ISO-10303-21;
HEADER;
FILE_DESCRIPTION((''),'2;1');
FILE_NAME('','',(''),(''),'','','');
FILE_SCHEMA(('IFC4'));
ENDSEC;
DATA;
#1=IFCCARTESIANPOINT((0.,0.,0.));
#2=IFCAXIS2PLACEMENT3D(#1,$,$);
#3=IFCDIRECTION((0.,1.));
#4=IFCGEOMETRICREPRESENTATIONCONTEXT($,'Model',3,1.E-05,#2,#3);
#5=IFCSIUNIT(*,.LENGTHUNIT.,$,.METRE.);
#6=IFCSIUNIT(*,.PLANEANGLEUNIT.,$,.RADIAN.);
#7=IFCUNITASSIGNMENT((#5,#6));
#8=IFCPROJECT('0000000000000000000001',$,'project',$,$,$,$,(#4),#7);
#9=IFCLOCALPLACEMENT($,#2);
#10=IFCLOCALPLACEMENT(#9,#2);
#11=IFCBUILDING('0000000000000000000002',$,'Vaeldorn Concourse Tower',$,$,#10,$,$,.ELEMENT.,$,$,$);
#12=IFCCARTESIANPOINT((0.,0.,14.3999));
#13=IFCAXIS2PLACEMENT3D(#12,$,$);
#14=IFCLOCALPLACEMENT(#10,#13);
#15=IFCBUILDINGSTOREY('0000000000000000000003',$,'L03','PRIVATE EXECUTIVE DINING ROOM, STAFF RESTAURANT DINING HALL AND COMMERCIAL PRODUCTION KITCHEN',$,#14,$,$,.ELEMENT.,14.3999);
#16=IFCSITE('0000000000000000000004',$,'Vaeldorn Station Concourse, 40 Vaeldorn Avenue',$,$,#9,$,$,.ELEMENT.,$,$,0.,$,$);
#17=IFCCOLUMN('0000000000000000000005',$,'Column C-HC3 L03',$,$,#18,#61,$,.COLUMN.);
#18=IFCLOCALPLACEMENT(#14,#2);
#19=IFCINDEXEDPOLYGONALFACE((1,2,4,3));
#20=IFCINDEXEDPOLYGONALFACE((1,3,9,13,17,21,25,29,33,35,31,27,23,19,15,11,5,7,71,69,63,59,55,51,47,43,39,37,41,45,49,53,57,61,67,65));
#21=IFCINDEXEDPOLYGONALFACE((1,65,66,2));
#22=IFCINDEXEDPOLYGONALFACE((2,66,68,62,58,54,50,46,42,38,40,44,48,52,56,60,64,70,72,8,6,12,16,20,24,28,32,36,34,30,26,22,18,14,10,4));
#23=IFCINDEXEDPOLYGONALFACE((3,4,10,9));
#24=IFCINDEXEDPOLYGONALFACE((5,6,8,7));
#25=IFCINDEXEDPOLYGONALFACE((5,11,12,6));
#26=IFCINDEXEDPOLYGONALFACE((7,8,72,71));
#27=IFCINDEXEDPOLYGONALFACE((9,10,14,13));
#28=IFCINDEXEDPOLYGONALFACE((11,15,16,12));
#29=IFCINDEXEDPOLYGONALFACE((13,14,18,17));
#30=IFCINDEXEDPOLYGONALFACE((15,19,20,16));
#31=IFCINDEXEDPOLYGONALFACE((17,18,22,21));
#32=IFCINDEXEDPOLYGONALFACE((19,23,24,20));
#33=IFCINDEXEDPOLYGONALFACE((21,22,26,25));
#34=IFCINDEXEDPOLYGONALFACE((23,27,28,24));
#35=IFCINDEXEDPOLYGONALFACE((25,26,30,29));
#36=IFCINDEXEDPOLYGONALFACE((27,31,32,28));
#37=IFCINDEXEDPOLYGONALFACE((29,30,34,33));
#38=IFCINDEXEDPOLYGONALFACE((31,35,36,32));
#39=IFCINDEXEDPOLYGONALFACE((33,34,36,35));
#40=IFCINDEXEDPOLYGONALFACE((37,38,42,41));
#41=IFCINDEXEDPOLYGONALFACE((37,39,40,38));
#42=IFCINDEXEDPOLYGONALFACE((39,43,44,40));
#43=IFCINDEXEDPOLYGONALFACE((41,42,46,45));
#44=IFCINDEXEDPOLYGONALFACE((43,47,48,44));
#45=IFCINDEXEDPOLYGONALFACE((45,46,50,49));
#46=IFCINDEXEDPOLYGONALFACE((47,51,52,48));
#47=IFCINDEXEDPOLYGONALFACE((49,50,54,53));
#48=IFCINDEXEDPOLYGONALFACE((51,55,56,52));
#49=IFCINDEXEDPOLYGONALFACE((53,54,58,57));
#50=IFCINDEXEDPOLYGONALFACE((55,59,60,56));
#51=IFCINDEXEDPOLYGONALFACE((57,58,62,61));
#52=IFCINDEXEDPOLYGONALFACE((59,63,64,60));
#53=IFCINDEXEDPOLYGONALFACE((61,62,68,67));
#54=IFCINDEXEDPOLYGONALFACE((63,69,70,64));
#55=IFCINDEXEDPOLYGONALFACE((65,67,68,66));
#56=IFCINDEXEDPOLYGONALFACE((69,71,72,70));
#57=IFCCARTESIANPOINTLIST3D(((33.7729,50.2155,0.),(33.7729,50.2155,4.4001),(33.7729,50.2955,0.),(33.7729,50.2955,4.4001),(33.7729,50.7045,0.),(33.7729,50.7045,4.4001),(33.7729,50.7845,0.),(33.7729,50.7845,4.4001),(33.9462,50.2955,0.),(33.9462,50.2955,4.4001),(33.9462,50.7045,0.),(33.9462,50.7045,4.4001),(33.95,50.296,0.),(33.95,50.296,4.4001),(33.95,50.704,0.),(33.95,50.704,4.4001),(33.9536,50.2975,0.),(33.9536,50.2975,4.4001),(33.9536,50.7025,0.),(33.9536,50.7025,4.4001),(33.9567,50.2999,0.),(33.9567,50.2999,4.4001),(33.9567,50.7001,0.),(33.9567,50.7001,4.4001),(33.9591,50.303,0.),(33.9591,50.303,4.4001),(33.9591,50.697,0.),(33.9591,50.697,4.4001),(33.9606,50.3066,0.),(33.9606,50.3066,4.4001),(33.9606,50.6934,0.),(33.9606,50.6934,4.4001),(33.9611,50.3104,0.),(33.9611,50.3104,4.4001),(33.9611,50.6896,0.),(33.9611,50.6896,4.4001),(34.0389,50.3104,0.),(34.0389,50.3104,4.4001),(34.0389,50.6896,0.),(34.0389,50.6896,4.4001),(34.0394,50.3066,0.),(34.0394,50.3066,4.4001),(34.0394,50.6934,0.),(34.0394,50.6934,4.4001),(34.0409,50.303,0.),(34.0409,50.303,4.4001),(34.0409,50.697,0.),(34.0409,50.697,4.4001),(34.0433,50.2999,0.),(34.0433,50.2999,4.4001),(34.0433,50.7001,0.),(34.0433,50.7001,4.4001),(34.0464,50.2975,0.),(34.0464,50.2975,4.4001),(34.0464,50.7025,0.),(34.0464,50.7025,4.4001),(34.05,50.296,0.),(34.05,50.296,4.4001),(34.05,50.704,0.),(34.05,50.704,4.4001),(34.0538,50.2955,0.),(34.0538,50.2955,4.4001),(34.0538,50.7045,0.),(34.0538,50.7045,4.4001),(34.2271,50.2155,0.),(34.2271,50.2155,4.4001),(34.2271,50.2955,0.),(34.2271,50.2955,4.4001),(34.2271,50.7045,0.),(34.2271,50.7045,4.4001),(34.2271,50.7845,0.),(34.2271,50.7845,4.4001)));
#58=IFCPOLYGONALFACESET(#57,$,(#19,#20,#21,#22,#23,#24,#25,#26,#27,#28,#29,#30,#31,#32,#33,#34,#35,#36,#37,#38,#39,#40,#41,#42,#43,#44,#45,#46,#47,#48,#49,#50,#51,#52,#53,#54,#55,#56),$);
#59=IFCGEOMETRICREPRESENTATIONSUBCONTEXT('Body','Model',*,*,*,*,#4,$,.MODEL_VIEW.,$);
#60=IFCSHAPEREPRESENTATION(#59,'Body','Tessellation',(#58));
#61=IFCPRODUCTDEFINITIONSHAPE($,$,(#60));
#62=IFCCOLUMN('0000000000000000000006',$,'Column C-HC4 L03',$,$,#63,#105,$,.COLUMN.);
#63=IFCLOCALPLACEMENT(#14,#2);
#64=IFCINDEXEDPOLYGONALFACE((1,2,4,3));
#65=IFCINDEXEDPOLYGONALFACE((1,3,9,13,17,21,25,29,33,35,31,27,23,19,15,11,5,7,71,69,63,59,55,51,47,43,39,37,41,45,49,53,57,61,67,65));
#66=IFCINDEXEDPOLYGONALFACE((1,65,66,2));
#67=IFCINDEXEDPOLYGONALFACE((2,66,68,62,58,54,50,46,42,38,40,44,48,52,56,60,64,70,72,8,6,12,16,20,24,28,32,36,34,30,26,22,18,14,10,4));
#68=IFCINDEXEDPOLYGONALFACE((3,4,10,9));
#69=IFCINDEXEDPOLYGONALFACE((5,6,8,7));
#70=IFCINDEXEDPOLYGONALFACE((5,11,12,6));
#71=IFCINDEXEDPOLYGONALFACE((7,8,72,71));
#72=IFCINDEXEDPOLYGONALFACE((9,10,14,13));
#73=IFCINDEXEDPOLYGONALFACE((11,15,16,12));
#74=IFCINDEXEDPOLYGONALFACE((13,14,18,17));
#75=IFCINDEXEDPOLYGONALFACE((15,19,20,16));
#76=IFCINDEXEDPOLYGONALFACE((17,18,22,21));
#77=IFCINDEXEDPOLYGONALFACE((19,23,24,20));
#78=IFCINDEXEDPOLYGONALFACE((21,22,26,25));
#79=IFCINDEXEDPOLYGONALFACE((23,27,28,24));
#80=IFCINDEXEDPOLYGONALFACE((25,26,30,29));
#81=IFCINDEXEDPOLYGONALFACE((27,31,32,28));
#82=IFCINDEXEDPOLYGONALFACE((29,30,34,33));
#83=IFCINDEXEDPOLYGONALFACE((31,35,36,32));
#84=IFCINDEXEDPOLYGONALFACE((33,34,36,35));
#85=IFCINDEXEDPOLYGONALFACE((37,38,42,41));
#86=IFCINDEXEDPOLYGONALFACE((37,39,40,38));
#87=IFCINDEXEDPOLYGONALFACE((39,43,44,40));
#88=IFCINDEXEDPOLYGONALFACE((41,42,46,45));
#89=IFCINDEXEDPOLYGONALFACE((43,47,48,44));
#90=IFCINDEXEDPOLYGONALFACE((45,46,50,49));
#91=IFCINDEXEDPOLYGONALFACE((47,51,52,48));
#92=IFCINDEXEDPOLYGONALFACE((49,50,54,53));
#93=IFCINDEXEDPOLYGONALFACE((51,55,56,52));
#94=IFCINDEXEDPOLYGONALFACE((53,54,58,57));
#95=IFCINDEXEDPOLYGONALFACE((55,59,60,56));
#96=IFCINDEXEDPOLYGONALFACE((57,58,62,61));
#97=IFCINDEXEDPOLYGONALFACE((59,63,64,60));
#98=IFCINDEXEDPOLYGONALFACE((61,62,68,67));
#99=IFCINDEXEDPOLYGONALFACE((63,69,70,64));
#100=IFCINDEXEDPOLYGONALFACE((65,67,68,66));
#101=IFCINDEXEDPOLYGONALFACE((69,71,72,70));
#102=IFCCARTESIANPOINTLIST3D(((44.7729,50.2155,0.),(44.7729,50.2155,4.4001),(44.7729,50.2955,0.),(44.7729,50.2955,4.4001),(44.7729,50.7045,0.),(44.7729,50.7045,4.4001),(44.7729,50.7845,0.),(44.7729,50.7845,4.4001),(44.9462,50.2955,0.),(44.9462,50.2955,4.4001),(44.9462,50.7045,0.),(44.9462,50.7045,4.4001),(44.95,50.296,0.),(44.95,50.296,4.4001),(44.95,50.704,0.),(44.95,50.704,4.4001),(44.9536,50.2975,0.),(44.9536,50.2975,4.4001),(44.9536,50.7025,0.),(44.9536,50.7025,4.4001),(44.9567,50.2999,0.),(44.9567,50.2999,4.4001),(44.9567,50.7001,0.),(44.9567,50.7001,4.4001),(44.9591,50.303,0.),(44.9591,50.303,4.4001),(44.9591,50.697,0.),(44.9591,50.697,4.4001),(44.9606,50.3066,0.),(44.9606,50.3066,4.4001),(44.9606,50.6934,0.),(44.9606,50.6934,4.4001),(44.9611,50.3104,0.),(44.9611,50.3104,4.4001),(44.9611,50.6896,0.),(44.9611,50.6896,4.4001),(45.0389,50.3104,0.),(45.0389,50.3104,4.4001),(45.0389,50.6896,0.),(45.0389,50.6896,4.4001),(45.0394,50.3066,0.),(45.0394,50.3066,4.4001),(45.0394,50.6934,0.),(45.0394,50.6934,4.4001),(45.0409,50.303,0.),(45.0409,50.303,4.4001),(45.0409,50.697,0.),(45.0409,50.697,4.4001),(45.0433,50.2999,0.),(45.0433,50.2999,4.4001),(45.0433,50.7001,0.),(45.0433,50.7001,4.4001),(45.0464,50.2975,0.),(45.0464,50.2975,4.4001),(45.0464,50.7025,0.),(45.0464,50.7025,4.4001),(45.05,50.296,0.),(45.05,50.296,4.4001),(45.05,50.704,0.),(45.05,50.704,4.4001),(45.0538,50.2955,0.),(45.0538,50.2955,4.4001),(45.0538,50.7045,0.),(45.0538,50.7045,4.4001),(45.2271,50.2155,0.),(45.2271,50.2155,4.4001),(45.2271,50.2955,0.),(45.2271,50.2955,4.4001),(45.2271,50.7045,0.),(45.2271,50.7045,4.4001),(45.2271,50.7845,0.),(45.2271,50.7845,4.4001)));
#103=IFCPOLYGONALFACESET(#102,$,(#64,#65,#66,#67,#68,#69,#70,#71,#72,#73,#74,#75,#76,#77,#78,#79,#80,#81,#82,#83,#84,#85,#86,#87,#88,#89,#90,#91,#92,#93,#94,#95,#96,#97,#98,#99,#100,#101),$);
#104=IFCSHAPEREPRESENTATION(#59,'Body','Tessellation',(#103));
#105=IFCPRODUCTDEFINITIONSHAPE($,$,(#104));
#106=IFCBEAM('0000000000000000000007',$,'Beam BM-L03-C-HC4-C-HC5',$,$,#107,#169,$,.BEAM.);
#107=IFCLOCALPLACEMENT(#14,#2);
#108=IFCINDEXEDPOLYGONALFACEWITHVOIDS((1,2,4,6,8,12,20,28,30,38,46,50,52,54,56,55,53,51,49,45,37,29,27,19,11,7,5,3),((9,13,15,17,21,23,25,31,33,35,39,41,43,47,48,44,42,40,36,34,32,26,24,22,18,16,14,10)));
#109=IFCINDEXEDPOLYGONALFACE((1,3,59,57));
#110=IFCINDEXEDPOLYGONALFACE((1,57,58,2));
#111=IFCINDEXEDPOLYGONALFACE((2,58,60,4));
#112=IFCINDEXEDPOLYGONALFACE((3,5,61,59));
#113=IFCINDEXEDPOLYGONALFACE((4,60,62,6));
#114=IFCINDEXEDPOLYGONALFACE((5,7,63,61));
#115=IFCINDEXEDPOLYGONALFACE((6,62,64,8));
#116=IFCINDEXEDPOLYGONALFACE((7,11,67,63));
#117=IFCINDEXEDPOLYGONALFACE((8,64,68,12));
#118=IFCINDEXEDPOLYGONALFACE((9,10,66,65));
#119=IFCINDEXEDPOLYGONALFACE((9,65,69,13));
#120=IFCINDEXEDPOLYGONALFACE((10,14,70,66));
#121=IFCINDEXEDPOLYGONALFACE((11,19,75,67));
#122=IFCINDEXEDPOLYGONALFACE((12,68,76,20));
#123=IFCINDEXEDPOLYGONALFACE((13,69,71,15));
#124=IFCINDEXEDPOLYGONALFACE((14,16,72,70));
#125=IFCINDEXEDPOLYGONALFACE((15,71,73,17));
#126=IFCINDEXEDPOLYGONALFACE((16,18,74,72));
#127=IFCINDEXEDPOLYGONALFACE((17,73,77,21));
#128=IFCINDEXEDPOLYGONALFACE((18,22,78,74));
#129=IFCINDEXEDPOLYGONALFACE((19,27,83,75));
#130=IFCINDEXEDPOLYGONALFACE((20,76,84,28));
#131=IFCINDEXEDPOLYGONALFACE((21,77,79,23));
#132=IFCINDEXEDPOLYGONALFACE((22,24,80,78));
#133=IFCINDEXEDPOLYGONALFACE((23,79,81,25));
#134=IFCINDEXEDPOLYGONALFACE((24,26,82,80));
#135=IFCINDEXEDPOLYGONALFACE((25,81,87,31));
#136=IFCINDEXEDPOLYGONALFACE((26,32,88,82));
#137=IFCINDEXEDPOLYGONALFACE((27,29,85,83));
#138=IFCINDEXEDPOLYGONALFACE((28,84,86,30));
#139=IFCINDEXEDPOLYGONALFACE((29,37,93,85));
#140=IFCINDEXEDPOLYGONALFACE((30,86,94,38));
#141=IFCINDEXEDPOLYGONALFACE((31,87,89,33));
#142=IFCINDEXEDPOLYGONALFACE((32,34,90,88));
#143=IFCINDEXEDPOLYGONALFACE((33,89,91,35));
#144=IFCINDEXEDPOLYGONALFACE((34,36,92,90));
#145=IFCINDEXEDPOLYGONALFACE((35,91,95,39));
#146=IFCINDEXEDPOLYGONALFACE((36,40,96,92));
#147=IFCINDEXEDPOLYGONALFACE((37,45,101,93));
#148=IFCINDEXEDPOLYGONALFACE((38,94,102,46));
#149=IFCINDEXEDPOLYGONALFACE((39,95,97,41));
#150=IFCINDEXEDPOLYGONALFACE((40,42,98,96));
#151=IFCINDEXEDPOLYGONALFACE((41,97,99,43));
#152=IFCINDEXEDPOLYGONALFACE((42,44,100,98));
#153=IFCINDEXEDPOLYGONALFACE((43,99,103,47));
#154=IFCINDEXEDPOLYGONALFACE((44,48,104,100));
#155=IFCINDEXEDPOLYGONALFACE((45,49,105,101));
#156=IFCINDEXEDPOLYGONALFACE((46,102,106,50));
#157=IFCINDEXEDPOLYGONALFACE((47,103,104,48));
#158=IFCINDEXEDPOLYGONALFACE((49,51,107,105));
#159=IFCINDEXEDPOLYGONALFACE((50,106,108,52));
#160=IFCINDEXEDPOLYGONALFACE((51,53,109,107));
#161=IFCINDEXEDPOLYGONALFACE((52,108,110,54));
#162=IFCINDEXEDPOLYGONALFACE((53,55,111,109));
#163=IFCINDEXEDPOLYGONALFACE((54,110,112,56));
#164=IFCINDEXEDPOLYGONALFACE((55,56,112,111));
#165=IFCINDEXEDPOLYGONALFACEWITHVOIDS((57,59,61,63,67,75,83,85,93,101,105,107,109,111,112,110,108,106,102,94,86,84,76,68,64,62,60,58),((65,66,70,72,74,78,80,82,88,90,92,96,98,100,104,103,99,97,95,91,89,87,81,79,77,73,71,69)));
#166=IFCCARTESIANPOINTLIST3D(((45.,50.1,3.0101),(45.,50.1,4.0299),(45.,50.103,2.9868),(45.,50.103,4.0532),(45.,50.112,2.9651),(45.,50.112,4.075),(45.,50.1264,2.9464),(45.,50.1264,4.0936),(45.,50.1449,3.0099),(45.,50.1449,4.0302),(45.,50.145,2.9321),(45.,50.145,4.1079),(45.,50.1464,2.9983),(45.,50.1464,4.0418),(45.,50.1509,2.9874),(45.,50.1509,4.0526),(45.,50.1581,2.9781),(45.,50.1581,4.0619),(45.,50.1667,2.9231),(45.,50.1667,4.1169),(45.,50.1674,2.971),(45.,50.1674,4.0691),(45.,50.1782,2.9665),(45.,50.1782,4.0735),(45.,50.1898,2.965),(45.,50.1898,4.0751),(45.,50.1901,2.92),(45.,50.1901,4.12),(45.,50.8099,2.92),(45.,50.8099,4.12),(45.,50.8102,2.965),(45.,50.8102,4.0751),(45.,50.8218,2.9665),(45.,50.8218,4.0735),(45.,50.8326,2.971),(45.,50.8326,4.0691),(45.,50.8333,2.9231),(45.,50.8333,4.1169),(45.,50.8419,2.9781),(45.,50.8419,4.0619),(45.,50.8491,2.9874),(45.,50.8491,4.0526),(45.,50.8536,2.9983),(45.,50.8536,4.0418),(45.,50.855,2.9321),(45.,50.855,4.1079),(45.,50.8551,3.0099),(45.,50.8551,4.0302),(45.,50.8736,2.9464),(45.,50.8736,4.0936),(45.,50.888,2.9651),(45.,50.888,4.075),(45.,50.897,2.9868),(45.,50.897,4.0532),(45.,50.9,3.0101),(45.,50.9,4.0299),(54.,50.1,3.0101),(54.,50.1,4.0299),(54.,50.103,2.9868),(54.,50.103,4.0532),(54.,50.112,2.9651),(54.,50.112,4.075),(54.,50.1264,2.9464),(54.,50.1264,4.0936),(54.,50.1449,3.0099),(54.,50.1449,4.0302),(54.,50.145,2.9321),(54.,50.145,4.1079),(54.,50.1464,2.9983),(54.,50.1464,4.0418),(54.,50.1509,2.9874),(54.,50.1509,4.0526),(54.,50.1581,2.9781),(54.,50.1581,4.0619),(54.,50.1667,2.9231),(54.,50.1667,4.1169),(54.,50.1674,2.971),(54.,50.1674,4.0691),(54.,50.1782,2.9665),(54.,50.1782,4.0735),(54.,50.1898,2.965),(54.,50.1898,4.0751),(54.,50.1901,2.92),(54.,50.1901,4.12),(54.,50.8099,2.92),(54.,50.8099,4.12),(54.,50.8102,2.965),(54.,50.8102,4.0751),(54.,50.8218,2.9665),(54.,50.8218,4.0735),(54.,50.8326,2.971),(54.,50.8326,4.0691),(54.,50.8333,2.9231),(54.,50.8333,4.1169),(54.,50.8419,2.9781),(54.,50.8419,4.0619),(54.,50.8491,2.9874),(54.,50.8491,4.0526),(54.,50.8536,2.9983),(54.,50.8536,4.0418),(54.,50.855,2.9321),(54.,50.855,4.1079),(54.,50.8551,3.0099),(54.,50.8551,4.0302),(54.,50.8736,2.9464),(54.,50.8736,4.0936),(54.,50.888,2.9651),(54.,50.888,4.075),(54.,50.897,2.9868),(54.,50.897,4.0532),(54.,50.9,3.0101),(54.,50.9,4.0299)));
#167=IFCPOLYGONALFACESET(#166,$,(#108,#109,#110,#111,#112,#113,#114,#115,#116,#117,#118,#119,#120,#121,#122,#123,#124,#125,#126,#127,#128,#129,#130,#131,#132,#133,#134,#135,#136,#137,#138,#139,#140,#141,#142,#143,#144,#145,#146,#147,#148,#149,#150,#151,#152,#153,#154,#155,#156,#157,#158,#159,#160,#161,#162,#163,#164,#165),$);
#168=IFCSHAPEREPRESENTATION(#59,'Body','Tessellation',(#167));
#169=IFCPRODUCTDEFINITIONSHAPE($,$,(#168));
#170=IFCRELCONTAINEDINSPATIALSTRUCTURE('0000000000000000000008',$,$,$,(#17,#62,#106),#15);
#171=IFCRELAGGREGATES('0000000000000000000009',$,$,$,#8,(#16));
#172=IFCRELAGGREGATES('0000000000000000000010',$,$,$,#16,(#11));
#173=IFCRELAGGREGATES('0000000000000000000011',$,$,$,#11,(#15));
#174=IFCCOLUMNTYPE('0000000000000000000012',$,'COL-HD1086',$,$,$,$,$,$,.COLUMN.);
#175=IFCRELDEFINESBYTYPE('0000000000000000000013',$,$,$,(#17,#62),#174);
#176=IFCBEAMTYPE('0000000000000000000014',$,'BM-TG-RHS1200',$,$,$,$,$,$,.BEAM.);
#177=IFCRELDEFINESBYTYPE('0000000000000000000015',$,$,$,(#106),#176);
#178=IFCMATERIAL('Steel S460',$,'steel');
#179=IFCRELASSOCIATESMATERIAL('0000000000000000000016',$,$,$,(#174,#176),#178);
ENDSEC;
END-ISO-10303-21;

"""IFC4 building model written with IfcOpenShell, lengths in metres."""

from ifc_helpers import new_model, si_unit, direction, frame, origin, origin_2d, place, context, subcontext, project, spatial, hollow_rectangle, i_section, extrude, source, transform, mapped, material, material_profile, profile_set, type_object, element, save


model = new_model("IFC4")

# Units and contexts
model_context = context("Model", 3, precision=1e-05, world=origin(), true_north=direction((0.0, 1.0)))
body_context = subcontext(model_context, "Body", "Model", "MODEL_VIEW")
ifc_project = project(units=[si_unit("LENGTHUNIT", "METRE"), si_unit("PLANEANGLEUNIT", "RADIAN")], contexts=[model_context])

# Site, building, storey
site_placement = place(None, origin())
site = spatial("IfcSite", under=ifc_project, at=site_placement, Name="Vaeldorn Station Concourse, 40 Vaeldorn Avenue", CompositionType="ELEMENT", RefElevation=0.0)
building_placement = place(site_placement, origin())
building = spatial("IfcBuilding", under=site, at=building_placement, Name="Vaeldorn Concourse Tower", CompositionType="ELEMENT")
storey_placement = place(building_placement, frame((0.0, 0.0, 14.3999)))
storey = spatial("IfcBuildingStorey", under=building, at=storey_placement, Name="L03", Description="PRIVATE EXECUTIVE DINING ROOM, STAFF RESTAURANT DINING HALL AND COMMERCIAL PRODUCTION KITCHEN", CompositionType="ELEMENT", Elevation=14.3999)

# Columns
ifc_material_1 = material(Name="Steel S460", Category="steel")
ifc_material_profile_1 = material_profile(ifc_material_1, i_section(OverallWidth=0.4541, OverallDepth=0.5691, WebThickness=0.0779, FlangeThickness=0.0801, FilletRadius=0.0149, at=origin_2d()), Name="HD 400x1086")
ifc_profile_set_1 = profile_set([ifc_material_profile_1], Name="Steel S460")
column_type = type_object("IfcColumnType", Name="COL-HD1086", PredefinedType="COLUMN", material=ifc_profile_set_1)
shared_shape_1 = source(origin(), body_context, "Body", "SweptSolid", [
    extrude(i_section(OverallWidth=0.4541, OverallDepth=0.5691, WebThickness=0.0779, FlangeThickness=0.0801, FilletRadius=0.0149, at=origin_2d()), origin(), (0.0, 0.0, 1.0), 4.4001),
])
for number, where, z_axis, x_axis, name in (
    (1, (34.0, 50.5, 0.0), (0.0, 0.0, 1.0), (1.0, 0.0, 0.0), "Column C-HC3 L03"),
    (2, (45.0, 50.5, 0.0), (0.0, 0.0, 1.0), (1.0, 0.0, 0.0), "Column C-HC4 L03"),
):
    element("IfcColumn", number, at=place(storey_placement, frame(where, z_axis=z_axis, x_axis=x_axis)), inside=storey, type_object=column_type, Name=name, PredefinedType="COLUMN", context=body_context, shape_type="MappedRepresentation", body=[
        mapped(shared_shape_1, transform((0.0, 0.0, 0.0), scale=1.0)),
    ])

# Beam
ifc_material_profile_2 = material_profile(ifc_material_1, hollow_rectangle(XDim=0.8, YDim=1.2, WallThickness=0.0449, InnerFilletRadius=0.0449, OuterFilletRadius=0.0901, at=origin_2d()), Name="RHS 1200x800x45")
ifc_profile_set_2 = profile_set([ifc_material_profile_2], Name="Steel S460")
beam_type = type_object("IfcBeamType", Name="BM-TG-RHS1200", PredefinedType="BEAM", material=ifc_profile_set_2)
shared_shape_2 = source(origin(), body_context, "Body", "SweptSolid", [
    extrude(hollow_rectangle(XDim=0.8, YDim=1.2, WallThickness=0.0449, InnerFilletRadius=0.0449, OuterFilletRadius=0.0901, at=origin_2d()), origin(), (0.0, 0.0, 1.0), 9.0),
])
beam_1_placement = place(storey_placement, frame((45.0, 50.5, 3.52), z_axis=(1.0, 0.0, 0.0), x_axis=(0.0, 1.0, 0.0)))
element("IfcBeam", 3, at=beam_1_placement, inside=storey, type_object=beam_type, Name="Beam BM-L03-C-HC4-C-HC5", PredefinedType="BEAM", context=body_context, shape_type="MappedRepresentation", body=[
    mapped(shared_shape_2, transform((0.0, 0.0, 0.0), scale=1.0)),
])

save(model, "model.ifc")
